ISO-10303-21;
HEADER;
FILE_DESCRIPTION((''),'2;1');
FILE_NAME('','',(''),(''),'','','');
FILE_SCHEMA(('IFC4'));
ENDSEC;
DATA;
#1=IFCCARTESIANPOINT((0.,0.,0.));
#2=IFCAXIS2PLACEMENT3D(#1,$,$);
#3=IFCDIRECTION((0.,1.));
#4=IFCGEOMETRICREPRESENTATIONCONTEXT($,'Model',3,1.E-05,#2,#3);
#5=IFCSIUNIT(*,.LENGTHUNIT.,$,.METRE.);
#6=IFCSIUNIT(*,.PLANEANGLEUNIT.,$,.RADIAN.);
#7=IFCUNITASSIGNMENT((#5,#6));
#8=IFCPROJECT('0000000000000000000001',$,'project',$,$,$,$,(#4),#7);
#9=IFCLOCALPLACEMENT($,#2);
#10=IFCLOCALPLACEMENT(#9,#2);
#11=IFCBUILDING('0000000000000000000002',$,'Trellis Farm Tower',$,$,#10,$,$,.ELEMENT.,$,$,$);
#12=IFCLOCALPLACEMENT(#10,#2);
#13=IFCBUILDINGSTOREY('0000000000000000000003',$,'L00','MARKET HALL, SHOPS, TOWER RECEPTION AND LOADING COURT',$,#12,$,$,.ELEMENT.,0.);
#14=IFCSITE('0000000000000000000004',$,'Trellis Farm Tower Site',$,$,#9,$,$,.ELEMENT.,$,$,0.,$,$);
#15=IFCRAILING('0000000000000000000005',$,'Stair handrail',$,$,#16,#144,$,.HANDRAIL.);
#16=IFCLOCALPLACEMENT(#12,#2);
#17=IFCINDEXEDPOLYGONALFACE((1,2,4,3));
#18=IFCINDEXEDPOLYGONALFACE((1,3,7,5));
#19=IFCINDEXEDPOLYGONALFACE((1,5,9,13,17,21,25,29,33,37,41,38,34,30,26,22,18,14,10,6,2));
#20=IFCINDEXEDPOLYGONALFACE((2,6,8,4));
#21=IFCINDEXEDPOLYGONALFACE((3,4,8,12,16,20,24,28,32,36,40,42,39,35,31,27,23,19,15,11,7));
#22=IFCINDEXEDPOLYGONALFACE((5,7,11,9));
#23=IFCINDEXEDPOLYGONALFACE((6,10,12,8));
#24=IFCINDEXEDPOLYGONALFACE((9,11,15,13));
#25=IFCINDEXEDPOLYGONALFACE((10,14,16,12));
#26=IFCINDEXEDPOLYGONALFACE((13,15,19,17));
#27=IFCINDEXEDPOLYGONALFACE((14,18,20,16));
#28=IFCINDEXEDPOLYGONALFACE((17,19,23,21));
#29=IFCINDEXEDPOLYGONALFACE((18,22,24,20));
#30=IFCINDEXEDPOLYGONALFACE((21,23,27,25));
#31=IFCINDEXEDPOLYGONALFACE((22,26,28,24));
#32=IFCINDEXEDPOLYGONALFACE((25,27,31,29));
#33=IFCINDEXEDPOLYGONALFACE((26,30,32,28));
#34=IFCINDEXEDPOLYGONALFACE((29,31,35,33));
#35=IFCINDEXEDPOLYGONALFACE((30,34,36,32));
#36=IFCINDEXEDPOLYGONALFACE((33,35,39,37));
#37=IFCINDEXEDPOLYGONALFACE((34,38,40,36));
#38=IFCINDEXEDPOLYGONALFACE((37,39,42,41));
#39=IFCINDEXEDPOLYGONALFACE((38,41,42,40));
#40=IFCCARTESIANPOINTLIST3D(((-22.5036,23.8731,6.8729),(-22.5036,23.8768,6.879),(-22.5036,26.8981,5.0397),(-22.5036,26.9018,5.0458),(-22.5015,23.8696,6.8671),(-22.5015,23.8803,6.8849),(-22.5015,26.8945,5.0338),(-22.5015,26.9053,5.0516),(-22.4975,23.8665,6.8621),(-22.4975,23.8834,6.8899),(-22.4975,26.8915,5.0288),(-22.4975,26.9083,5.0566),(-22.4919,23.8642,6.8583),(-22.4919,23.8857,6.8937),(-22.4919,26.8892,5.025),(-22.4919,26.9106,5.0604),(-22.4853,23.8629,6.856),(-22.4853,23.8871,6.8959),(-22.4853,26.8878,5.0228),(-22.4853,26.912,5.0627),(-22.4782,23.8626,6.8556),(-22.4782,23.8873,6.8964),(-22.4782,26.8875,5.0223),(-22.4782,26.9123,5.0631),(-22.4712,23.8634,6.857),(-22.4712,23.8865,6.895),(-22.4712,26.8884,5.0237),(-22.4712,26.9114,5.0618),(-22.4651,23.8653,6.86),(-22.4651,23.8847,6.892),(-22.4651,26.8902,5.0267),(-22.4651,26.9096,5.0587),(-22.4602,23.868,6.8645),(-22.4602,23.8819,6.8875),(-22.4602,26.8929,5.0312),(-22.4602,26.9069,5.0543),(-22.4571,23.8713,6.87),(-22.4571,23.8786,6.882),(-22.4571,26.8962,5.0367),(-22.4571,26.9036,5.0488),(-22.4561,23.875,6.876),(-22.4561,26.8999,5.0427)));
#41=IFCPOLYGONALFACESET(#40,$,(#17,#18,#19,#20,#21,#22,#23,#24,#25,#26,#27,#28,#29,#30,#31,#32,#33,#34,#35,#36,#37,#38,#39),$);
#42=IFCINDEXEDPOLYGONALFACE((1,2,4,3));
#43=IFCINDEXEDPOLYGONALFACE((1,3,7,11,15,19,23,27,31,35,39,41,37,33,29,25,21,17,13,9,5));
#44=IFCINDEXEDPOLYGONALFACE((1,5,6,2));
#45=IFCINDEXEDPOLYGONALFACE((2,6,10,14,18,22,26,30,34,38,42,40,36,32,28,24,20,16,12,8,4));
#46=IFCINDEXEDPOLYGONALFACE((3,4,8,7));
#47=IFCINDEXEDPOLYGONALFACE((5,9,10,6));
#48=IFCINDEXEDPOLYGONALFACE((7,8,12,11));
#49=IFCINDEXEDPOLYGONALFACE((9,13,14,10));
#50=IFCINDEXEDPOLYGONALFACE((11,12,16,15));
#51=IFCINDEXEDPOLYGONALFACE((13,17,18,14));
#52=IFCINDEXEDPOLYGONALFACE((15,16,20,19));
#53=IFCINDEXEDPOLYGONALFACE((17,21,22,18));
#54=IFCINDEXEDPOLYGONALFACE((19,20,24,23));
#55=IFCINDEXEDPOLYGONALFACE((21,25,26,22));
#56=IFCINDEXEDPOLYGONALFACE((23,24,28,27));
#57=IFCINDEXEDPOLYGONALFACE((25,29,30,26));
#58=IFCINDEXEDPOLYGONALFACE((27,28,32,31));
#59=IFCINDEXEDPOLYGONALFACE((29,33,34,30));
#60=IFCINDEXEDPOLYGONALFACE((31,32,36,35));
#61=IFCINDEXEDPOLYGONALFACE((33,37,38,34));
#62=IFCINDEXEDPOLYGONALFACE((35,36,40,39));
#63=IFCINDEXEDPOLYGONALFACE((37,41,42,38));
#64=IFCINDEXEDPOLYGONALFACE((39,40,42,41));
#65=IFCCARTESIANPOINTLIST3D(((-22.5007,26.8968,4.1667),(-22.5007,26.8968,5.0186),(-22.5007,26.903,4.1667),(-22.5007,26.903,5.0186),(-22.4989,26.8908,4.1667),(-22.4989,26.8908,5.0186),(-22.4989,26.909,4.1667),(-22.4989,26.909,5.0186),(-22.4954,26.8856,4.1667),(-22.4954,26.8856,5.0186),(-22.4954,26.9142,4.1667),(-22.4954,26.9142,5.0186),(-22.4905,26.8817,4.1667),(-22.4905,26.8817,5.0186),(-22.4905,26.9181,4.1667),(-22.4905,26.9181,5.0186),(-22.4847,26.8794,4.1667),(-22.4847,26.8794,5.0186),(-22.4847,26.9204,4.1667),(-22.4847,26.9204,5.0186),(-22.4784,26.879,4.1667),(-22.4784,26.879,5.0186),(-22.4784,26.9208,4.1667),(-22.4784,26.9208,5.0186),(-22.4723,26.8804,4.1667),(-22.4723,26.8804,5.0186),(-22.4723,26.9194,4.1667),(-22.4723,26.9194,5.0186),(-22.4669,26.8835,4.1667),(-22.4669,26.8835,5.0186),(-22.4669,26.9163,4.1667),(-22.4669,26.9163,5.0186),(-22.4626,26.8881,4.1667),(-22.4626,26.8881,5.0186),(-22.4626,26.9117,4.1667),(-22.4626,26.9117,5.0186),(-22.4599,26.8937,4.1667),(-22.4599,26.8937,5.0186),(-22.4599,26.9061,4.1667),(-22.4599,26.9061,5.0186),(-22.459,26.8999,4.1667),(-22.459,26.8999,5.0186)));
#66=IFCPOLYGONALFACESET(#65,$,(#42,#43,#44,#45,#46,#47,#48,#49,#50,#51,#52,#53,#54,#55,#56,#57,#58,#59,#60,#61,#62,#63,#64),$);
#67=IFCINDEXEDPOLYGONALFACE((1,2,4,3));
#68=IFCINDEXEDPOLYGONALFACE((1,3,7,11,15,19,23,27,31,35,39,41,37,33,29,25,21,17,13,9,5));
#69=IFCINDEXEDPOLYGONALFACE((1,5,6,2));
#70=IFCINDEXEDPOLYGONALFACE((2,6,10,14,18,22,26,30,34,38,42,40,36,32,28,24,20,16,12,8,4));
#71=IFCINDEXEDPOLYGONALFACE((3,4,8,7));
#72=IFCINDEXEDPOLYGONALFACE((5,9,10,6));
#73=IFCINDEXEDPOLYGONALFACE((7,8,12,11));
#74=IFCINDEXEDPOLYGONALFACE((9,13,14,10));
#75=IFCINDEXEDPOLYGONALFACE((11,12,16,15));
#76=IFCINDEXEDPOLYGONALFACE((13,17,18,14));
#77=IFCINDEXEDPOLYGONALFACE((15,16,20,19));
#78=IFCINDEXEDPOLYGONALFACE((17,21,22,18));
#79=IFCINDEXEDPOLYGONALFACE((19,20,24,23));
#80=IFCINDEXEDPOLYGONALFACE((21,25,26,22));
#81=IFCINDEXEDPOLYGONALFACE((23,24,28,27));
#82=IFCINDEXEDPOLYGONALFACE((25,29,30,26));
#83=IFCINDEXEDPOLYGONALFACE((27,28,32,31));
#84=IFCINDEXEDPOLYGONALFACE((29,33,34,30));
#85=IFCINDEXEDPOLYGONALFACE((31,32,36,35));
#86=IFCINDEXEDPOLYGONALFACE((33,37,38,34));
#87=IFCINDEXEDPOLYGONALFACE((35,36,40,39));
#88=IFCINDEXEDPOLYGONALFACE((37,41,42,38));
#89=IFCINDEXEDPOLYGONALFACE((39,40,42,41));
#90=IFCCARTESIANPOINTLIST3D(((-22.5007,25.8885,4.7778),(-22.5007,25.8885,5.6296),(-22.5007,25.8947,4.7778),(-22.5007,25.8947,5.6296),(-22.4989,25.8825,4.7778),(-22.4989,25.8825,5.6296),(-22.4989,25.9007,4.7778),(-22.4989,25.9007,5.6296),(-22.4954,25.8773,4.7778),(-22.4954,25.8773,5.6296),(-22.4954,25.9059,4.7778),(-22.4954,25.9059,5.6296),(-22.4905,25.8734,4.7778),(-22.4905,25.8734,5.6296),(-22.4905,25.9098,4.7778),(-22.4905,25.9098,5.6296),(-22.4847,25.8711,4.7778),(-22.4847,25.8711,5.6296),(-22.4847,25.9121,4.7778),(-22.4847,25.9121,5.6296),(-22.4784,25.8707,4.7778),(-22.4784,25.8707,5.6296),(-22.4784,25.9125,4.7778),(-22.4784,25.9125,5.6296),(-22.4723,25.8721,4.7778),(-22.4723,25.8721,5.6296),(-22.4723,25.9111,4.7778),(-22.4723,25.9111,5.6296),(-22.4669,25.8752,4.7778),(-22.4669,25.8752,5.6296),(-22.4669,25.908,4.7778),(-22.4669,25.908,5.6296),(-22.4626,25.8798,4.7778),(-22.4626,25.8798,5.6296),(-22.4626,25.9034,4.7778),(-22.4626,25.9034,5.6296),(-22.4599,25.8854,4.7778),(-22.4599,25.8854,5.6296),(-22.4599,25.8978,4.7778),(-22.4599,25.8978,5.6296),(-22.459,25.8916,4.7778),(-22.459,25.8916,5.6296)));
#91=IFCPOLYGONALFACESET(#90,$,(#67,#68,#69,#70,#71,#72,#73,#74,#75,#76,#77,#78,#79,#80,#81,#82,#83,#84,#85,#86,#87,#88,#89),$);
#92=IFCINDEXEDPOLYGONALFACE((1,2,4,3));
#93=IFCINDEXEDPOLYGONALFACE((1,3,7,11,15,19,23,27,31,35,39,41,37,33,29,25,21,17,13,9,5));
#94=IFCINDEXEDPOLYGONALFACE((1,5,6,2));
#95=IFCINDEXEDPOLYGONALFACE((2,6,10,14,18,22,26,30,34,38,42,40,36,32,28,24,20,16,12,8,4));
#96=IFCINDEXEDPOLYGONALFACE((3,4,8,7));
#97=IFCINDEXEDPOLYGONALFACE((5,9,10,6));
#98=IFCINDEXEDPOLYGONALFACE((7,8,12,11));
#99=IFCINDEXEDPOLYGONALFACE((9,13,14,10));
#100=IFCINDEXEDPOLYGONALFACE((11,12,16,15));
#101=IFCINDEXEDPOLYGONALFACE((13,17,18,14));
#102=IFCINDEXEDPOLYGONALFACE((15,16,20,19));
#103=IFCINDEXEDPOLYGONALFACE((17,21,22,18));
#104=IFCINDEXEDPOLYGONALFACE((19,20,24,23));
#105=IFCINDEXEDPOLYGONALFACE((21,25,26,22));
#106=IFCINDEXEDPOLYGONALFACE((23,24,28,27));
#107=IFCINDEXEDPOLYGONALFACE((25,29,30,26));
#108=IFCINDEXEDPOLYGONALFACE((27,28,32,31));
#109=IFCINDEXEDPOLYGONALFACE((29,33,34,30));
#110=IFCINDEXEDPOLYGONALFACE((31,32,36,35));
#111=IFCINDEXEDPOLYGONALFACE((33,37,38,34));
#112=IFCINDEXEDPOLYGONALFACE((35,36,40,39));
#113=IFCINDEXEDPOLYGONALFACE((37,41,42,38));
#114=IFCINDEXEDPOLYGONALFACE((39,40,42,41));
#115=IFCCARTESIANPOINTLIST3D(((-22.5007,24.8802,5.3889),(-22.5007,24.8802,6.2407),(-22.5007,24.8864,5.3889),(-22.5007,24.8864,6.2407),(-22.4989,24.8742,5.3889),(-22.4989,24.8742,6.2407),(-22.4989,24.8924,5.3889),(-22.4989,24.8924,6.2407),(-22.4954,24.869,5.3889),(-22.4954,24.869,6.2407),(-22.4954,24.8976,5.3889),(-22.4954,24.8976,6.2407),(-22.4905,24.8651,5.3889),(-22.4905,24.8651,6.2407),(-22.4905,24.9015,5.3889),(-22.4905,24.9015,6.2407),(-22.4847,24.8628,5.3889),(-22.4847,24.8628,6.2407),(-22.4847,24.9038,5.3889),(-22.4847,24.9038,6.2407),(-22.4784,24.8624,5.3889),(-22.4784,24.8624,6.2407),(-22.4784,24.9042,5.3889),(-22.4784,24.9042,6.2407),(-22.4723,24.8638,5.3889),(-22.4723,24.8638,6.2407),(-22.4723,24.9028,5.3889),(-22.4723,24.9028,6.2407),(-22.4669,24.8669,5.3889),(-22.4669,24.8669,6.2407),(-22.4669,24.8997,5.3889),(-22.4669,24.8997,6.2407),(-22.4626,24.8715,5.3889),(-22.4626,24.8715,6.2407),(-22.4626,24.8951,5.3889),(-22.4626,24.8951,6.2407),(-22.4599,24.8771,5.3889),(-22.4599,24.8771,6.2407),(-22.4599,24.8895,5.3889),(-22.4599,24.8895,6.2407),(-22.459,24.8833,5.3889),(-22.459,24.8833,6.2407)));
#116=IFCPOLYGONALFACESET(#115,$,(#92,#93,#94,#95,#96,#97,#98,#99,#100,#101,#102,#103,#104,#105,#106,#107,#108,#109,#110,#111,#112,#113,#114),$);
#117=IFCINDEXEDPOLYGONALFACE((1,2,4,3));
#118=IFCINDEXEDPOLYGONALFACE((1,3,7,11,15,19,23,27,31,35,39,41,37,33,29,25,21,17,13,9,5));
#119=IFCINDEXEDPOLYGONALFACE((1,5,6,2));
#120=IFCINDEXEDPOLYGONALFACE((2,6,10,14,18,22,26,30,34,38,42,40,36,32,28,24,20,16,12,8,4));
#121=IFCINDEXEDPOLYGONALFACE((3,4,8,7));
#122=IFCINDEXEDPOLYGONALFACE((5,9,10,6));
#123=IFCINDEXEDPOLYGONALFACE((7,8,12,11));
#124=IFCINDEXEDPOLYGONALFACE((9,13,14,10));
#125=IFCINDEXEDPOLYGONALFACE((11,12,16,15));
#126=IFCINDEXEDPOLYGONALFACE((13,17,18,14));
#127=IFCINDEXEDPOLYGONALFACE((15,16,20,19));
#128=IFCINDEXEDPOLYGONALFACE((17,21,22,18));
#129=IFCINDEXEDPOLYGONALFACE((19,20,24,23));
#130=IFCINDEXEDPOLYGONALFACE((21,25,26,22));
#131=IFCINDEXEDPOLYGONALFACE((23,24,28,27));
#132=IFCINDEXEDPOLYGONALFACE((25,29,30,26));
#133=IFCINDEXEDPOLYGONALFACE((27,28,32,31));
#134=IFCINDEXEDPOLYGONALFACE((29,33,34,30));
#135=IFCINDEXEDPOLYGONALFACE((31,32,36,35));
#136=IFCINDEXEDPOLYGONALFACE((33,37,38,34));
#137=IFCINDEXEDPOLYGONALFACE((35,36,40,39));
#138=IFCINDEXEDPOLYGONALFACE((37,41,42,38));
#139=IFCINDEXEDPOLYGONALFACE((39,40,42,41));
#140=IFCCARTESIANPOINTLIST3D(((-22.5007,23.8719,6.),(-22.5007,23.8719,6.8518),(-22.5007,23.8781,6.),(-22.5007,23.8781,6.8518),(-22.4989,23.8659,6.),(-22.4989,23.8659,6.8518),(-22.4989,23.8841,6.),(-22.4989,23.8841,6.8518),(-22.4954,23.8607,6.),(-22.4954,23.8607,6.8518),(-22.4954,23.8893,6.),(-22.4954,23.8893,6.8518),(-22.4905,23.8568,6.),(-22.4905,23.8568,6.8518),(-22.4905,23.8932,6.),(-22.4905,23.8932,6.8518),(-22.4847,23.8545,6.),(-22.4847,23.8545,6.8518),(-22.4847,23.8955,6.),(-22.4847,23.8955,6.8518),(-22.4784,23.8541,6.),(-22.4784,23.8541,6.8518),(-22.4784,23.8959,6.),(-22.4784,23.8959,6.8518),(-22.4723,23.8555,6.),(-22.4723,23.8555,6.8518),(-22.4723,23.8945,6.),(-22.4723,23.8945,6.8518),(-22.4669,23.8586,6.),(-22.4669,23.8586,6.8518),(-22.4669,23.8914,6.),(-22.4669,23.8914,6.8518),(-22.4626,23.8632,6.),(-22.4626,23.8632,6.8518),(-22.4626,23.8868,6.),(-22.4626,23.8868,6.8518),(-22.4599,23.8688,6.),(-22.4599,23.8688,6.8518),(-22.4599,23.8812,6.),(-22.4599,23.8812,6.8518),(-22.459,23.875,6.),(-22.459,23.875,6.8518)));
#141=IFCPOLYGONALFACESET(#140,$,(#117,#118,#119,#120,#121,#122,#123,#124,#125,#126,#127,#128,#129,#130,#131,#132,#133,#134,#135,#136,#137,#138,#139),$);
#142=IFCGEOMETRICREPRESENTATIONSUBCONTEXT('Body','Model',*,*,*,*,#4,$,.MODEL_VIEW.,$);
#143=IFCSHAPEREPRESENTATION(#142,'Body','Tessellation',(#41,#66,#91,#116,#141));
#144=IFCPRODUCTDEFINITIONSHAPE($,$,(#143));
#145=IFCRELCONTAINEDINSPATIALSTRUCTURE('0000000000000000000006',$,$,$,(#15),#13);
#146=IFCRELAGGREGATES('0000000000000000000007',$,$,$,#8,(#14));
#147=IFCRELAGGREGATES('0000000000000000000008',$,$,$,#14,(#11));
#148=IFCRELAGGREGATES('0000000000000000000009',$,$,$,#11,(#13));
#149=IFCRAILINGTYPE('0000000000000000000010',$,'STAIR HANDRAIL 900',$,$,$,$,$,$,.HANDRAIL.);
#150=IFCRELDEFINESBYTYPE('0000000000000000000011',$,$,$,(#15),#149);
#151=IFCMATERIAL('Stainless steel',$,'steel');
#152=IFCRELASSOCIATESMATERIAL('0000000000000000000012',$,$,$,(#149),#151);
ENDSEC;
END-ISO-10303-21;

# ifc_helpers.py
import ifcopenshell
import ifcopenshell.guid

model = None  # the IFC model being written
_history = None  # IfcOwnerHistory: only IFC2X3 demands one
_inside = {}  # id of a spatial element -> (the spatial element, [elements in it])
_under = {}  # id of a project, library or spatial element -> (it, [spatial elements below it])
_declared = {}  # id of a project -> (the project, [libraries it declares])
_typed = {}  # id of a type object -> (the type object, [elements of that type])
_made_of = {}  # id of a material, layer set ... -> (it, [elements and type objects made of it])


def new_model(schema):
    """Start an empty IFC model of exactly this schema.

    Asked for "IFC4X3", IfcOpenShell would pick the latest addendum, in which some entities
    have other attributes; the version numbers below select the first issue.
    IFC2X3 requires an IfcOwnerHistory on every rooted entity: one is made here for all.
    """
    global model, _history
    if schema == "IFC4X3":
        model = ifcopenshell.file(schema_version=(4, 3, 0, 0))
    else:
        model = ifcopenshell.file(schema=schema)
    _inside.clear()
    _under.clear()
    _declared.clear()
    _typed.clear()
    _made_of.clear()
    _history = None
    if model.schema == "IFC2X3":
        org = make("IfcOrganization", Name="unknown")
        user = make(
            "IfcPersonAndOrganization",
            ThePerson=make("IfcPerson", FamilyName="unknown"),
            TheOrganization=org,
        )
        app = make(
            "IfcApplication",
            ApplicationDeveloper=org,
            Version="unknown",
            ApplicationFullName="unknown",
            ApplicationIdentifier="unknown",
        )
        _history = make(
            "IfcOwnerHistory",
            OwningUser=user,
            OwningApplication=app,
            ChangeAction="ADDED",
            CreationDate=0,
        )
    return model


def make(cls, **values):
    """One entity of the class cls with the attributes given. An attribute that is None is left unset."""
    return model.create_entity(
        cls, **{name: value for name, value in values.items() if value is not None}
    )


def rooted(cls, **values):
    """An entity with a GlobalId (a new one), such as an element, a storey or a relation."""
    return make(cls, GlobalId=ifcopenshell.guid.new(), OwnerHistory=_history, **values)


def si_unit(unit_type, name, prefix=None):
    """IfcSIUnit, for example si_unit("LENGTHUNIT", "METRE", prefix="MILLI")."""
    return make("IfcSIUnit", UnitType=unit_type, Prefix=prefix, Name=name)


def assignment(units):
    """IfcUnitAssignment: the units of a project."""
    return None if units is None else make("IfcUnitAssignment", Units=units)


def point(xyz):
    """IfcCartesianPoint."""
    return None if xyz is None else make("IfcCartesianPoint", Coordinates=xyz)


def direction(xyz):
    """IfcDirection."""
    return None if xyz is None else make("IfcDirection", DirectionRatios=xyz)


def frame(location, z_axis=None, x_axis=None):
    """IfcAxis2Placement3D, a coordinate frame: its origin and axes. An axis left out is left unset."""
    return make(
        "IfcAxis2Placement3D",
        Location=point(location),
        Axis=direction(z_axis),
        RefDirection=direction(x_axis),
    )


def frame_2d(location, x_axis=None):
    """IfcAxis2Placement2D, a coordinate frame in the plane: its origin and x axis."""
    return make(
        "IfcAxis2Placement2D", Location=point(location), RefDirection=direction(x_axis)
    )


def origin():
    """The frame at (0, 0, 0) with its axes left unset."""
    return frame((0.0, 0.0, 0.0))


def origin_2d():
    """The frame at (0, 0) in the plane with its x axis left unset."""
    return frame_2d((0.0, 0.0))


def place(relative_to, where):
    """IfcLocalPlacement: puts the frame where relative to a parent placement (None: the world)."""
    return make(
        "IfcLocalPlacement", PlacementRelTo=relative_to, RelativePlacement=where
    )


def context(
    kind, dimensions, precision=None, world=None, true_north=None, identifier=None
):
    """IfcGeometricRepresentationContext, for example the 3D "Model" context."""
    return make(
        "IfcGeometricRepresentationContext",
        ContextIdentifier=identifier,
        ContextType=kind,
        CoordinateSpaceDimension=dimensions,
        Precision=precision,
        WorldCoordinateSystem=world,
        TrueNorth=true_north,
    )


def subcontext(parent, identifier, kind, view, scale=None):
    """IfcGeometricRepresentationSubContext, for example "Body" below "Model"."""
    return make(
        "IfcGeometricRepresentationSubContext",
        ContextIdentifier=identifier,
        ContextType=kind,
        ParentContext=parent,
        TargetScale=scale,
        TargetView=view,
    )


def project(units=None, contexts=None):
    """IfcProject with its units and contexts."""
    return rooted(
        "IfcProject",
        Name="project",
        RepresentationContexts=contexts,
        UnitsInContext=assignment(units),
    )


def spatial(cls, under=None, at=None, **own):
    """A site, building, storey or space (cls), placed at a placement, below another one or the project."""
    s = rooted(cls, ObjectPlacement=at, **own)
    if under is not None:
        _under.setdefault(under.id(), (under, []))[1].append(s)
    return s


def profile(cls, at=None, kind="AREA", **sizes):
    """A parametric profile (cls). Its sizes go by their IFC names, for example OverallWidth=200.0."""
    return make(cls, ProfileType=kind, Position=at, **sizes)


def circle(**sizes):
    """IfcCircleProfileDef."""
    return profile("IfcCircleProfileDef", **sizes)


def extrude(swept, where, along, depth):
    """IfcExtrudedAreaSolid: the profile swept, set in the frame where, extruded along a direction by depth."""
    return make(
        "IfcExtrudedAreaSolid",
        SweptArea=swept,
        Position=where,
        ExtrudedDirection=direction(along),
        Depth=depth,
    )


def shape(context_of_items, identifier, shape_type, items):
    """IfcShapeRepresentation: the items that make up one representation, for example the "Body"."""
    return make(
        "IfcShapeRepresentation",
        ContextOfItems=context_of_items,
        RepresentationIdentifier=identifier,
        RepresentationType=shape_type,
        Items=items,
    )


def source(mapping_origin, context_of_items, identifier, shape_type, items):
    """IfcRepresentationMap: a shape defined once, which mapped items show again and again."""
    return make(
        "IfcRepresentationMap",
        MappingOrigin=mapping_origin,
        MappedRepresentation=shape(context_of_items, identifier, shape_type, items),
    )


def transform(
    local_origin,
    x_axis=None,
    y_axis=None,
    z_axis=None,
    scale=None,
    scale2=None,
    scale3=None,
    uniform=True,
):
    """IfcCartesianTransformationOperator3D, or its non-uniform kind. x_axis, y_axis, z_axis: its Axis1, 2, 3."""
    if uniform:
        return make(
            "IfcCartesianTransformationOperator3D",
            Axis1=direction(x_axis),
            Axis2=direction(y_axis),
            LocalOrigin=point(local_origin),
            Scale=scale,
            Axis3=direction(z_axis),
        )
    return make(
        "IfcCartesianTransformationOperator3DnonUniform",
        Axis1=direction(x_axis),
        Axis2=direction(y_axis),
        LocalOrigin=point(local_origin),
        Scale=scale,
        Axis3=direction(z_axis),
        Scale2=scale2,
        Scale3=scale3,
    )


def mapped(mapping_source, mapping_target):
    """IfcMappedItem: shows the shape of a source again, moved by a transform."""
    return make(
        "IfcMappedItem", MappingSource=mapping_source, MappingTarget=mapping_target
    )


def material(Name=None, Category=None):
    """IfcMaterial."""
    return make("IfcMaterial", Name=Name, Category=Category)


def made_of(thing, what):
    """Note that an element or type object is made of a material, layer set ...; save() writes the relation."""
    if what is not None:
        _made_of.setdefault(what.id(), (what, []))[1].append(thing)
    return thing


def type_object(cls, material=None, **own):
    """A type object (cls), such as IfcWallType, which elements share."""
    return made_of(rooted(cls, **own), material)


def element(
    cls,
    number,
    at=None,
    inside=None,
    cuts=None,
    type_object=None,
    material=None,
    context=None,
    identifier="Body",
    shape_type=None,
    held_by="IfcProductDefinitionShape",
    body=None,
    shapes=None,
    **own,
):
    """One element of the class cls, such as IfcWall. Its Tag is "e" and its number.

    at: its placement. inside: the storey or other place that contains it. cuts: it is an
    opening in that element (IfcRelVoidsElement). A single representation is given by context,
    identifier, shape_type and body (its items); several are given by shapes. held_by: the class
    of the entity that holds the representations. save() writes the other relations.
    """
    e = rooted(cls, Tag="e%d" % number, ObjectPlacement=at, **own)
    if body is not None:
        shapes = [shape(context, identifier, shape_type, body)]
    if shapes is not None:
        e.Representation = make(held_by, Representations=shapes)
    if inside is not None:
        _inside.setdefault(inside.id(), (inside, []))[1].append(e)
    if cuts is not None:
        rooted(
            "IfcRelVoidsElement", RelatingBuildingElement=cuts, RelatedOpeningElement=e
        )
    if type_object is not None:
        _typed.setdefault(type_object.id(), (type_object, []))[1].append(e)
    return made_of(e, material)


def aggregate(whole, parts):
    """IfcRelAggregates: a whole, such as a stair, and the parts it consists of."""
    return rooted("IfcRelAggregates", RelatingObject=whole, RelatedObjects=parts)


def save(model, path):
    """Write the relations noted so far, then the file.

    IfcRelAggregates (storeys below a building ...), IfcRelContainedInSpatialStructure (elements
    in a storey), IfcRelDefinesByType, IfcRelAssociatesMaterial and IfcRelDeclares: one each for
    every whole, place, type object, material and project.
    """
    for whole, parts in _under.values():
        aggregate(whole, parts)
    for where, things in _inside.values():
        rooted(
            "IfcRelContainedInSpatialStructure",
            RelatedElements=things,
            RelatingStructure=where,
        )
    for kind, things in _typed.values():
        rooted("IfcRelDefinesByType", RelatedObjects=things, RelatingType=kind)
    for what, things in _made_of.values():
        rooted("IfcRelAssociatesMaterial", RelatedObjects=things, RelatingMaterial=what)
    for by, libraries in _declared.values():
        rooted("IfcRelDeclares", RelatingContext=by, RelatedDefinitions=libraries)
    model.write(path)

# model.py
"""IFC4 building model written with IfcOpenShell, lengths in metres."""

from ifc_helpers import new_model, si_unit, direction, frame, origin, origin_2d, place, context, subcontext, project, spatial, circle, extrude, source, transform, mapped, material, type_object, element, save


model = new_model("IFC4")

# Units and contexts
model_context = context("Model", 3, precision=1e-05, world=origin(), true_north=direction((0.0, 1.0)))
body_context = subcontext(model_context, "Body", "Model", "MODEL_VIEW")
ifc_project = project(units=[si_unit("LENGTHUNIT", "METRE"), si_unit("PLANEANGLEUNIT", "RADIAN")], contexts=[model_context])

# Site, building, storey
site_placement = place(None, origin())
site = spatial("IfcSite", under=ifc_project, at=site_placement, Name="Trellis Farm Tower Site", CompositionType="ELEMENT", RefElevation=0.0)
building_placement = place(site_placement, origin())
building = spatial("IfcBuilding", under=site, at=building_placement, Name="Trellis Farm Tower", CompositionType="ELEMENT")
storey_placement = place(building_placement, origin())
storey = spatial("IfcBuildingStorey", under=building, at=storey_placement, Name="L00", Description="MARKET HALL, SHOPS, TOWER RECEPTION AND LOADING COURT", CompositionType="ELEMENT", Elevation=0.0)

# Railing
ifc_material_1 = material(Name="Stainless steel", Category="steel")
railing_type = type_object("IfcRailingType", Name="STAIR HANDRAIL 900", PredefinedType="HANDRAIL", material=ifc_material_1)
shared_shape_1 = source(origin(), body_context, "Body", "SweptSolid", [
    extrude(circle(Radius=0.0239, at=origin_2d()), frame((0.0, 0.0, 0.876), z_axis=(0.0, -0.855201, 0.518297), x_axis=(1.0, 0.0, 0.0)), (0.0, 0.0, 1.0), 3.5371),
    extrude(circle(Radius=0.021, at=origin_2d()), origin(), (0.0, 0.0, 1.0), 0.8518),
    extrude(circle(Radius=0.021, at=origin_2d()), frame((0.0, -1.0083, 0.6111)), (0.0, 0.0, 1.0), 0.8518),
    extrude(circle(Radius=0.021, at=origin_2d()), frame((0.0, -2.0166, 1.2222)), (0.0, 0.0, 1.0), 0.8518),
    extrude(circle(Radius=0.021, at=origin_2d()), frame((0.0, -3.0249, 1.8333)), (0.0, 0.0, 1.0), 0.8518),
])
for number, where, name in (
    (1, (-22.48, 26.8999, 4.1667), "Stair handrail"),
):
    element("IfcRailing", number, at=place(storey_placement, frame(where)), inside=storey, type_object=railing_type, Name=name, PredefinedType="HANDRAIL", context=body_context, shape_type="MappedRepresentation", body=[
        mapped(shared_shape_1, transform((0.0, 0.0, 0.0))),
    ])

save(model, "model.ifc")
